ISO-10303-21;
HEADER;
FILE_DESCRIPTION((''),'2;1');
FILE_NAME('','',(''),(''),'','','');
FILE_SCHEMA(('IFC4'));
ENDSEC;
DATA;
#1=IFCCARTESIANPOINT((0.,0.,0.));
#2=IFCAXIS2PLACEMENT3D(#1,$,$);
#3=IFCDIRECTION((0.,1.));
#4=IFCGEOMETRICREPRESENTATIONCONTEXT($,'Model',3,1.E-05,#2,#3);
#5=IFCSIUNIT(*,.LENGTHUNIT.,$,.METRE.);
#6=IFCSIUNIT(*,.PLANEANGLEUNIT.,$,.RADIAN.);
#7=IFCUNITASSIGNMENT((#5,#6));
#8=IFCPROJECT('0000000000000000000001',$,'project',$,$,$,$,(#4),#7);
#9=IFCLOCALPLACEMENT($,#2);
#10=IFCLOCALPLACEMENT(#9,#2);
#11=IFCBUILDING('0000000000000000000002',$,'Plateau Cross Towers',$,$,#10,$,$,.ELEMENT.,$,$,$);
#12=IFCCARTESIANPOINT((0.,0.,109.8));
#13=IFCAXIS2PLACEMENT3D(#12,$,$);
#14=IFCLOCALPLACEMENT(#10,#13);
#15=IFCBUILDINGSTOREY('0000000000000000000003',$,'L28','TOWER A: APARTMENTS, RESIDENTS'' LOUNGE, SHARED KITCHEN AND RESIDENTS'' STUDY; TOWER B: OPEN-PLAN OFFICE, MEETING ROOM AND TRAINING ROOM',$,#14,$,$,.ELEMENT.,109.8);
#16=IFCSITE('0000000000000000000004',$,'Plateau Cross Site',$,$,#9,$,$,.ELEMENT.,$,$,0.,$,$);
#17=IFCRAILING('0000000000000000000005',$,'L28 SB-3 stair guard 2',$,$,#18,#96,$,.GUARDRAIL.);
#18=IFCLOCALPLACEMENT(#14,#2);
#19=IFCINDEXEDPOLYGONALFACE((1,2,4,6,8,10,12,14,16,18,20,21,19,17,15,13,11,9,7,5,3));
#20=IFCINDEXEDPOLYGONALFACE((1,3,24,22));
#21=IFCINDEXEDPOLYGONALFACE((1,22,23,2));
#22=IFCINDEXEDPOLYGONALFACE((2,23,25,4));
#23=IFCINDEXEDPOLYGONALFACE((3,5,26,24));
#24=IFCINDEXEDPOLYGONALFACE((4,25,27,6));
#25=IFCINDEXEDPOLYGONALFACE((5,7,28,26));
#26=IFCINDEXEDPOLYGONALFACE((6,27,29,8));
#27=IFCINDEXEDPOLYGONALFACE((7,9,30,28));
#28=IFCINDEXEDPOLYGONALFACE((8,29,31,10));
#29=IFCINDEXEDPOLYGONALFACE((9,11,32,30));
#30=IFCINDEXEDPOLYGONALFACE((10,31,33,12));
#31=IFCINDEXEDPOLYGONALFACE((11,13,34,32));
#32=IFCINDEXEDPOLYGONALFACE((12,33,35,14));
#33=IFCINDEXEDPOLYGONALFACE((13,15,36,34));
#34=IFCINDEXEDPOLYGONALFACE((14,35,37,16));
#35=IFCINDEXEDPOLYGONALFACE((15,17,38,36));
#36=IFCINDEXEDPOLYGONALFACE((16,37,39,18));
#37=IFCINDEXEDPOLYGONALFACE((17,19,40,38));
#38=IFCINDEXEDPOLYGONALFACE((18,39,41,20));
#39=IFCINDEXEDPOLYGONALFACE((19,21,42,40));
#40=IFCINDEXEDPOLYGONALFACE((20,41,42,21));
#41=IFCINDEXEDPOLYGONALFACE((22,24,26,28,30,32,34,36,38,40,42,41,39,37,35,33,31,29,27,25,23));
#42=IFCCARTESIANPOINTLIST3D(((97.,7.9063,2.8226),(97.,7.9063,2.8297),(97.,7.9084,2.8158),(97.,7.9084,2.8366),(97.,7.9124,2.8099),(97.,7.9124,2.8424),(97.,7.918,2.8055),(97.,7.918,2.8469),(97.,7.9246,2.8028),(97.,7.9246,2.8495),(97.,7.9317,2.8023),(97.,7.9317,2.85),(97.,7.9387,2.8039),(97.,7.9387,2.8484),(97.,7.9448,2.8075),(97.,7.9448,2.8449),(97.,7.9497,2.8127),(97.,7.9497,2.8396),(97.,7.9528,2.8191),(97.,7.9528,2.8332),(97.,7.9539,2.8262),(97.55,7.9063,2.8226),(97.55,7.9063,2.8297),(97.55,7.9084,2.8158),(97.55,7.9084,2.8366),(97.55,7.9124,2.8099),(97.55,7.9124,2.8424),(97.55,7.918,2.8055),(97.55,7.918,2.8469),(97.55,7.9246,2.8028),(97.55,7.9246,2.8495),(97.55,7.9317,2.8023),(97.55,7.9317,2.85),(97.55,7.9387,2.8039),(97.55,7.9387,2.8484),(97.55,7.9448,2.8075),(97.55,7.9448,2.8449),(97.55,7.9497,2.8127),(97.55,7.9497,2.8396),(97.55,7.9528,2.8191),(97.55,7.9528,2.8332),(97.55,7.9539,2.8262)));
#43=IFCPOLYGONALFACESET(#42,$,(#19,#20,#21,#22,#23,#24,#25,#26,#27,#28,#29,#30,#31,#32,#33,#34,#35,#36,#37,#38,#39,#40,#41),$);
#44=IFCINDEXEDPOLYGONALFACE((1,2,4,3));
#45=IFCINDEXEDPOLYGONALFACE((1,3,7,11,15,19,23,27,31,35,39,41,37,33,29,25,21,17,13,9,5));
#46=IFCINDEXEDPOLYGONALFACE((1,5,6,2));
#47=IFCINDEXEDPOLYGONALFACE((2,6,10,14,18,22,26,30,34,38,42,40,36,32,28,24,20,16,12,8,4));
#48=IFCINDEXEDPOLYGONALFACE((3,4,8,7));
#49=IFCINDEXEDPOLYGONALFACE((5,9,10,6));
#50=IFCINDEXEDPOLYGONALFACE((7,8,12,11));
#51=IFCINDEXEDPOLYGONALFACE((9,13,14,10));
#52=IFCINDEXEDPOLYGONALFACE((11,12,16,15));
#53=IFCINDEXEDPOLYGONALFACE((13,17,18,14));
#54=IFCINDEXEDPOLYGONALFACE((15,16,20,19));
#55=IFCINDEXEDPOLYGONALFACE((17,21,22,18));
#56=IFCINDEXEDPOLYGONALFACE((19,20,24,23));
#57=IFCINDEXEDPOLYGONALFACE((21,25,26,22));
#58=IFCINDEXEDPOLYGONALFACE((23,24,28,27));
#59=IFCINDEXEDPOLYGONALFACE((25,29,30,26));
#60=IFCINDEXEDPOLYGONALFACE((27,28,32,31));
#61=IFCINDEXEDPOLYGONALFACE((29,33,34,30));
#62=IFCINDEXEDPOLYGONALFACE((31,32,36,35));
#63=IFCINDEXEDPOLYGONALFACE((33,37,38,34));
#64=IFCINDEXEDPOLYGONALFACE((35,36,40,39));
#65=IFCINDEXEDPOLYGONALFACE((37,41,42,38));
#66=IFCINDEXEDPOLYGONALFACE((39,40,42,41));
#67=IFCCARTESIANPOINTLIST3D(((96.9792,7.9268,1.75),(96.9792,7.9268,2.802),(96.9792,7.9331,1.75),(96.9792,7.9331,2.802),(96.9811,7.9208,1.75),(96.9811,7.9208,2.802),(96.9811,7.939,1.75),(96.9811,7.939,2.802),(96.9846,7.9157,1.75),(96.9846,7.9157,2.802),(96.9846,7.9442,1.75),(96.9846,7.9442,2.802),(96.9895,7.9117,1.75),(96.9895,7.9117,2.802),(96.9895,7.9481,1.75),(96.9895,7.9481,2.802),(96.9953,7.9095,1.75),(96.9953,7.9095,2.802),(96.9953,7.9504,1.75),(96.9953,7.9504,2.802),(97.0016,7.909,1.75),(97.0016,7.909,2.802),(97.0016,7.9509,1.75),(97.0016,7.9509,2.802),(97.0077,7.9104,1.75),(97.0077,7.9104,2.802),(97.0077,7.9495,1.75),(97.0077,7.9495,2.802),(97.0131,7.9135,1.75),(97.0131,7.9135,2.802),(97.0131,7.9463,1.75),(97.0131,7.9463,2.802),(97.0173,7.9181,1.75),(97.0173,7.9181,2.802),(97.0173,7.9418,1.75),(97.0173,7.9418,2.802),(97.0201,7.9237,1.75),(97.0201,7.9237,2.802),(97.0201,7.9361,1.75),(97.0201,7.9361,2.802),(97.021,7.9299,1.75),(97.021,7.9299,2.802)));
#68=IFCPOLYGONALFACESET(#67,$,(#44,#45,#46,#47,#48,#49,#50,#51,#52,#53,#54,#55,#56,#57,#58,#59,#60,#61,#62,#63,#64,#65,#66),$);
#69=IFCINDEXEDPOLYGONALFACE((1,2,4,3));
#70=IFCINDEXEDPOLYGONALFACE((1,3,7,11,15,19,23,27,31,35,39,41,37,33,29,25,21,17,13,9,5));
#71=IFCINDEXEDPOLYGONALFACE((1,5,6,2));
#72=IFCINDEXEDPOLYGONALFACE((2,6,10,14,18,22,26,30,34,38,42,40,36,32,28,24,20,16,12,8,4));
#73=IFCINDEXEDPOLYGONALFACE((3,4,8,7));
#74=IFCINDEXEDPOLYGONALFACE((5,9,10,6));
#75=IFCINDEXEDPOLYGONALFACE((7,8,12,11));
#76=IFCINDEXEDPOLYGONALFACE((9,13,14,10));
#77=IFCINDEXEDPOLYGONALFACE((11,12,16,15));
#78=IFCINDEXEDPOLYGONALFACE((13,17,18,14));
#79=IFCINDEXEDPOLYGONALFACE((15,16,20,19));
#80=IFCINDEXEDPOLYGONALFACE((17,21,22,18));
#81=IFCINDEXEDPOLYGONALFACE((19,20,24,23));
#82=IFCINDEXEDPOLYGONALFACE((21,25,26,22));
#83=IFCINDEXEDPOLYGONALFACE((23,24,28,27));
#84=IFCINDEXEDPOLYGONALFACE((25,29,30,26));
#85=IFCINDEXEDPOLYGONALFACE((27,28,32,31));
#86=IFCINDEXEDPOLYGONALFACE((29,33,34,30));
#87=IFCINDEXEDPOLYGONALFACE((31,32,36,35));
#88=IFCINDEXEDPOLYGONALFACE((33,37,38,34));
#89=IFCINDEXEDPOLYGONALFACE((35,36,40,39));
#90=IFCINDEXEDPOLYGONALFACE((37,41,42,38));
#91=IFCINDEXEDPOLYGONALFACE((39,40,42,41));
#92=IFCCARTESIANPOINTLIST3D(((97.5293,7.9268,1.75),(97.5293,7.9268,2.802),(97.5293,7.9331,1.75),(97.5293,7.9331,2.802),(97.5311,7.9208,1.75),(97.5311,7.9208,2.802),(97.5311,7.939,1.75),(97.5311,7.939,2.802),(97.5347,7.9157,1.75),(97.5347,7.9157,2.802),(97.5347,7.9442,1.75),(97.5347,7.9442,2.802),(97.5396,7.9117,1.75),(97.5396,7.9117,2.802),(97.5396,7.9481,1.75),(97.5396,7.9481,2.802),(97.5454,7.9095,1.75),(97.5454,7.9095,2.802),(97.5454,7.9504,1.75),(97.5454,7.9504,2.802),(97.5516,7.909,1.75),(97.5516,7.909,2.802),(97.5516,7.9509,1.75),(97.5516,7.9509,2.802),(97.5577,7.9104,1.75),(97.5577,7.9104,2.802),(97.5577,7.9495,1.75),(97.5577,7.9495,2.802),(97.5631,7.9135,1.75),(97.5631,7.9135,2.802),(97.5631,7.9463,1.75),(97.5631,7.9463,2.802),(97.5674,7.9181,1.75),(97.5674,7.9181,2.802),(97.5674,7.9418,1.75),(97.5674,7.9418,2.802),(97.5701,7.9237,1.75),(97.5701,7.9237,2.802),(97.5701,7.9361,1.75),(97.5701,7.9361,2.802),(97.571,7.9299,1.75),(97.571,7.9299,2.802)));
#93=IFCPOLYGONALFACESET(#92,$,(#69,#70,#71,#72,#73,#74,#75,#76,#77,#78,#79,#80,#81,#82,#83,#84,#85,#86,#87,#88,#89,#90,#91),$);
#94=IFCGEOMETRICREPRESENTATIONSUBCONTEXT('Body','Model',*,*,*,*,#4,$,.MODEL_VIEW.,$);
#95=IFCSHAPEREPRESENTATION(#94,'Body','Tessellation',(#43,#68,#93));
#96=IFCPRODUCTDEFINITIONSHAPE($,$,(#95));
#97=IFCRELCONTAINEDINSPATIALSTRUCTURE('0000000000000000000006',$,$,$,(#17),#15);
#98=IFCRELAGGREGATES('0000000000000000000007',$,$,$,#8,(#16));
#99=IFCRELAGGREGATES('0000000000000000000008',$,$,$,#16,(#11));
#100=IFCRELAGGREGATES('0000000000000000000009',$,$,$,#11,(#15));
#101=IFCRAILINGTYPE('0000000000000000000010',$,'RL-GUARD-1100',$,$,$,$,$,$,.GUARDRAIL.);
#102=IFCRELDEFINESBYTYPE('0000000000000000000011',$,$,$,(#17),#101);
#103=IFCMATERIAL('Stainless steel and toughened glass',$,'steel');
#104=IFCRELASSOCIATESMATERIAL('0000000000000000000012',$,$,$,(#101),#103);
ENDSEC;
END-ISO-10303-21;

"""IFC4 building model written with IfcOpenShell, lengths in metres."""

from ifc_helpers import new_model, si_unit, direction, frame, origin, origin_2d, place, context, subcontext, project, spatial, circle, extrude, material, type_object, element, save


model = new_model("IFC4")

# Units and contexts
model_context = context("Model", 3, precision=1e-05, world=origin(), true_north=direction((0.0, 1.0)))
body_context = subcontext(model_context, "Body", "Model", "MODEL_VIEW")
ifc_project = project(units=[si_unit("LENGTHUNIT", "METRE"), si_unit("PLANEANGLEUNIT", "RADIAN")], contexts=[model_context])

# Site, building, storey
site_placement = place(None, origin())
site = spatial("IfcSite", under=ifc_project, at=site_placement, Name="Plateau Cross Site", CompositionType="ELEMENT", RefElevation=0.0)
building_placement = place(site_placement, origin())
building = spatial("IfcBuilding", under=site, at=building_placement, Name="Plateau Cross Towers", CompositionType="ELEMENT")
storey_placement = place(building_placement, frame((0.0, 0.0, 109.8)))
storey = spatial("IfcBuildingStorey", under=building, at=storey_placement, Name="L28", Description="TOWER A: APARTMENTS, RESIDENTS' LOUNGE, SHARED KITCHEN AND RESIDENTS' STUDY; TOWER B: OPEN-PLAN OFFICE, MEETING ROOM AND TRAINING ROOM", CompositionType="ELEMENT", Elevation=109.8)

# Railing
ifc_material_1 = material(Name="Stainless steel and toughened glass", Category="steel")
railing_type_1 = type_object("IfcRailingType", Name="RL-GUARD-1100", PredefinedType="GUARDRAIL", material=ifc_material_1)
railing_1_placement = place(storey_placement, frame((97.0, 7.9299, 1.75)))
element("IfcRailing", 1, at=railing_1_placement, inside=storey, type_object=railing_type_1, Name="L28 SB-3 stair guard 2", PredefinedType="GUARDRAIL", context=body_context, shape_type="SweptSolid", body=[
    extrude(circle(Radius=0.0239, at=origin_2d()), frame((0.0, 0.0, 1.0762), z_axis=(1.0, 0.0, 0.0), x_axis=(0.0, 1.0, 0.0)), (0.0, 0.0, 1.0), 0.55),
    extrude(circle(Radius=0.021, at=origin_2d()), origin(), (0.0, 0.0, 1.0), 1.052),
    extrude(circle(Radius=0.021, at=origin_2d()), frame((0.55, 0.0, 0.0)), (0.0, 0.0, 1.0), 1.052),
])

save(model, "model.ifc")
